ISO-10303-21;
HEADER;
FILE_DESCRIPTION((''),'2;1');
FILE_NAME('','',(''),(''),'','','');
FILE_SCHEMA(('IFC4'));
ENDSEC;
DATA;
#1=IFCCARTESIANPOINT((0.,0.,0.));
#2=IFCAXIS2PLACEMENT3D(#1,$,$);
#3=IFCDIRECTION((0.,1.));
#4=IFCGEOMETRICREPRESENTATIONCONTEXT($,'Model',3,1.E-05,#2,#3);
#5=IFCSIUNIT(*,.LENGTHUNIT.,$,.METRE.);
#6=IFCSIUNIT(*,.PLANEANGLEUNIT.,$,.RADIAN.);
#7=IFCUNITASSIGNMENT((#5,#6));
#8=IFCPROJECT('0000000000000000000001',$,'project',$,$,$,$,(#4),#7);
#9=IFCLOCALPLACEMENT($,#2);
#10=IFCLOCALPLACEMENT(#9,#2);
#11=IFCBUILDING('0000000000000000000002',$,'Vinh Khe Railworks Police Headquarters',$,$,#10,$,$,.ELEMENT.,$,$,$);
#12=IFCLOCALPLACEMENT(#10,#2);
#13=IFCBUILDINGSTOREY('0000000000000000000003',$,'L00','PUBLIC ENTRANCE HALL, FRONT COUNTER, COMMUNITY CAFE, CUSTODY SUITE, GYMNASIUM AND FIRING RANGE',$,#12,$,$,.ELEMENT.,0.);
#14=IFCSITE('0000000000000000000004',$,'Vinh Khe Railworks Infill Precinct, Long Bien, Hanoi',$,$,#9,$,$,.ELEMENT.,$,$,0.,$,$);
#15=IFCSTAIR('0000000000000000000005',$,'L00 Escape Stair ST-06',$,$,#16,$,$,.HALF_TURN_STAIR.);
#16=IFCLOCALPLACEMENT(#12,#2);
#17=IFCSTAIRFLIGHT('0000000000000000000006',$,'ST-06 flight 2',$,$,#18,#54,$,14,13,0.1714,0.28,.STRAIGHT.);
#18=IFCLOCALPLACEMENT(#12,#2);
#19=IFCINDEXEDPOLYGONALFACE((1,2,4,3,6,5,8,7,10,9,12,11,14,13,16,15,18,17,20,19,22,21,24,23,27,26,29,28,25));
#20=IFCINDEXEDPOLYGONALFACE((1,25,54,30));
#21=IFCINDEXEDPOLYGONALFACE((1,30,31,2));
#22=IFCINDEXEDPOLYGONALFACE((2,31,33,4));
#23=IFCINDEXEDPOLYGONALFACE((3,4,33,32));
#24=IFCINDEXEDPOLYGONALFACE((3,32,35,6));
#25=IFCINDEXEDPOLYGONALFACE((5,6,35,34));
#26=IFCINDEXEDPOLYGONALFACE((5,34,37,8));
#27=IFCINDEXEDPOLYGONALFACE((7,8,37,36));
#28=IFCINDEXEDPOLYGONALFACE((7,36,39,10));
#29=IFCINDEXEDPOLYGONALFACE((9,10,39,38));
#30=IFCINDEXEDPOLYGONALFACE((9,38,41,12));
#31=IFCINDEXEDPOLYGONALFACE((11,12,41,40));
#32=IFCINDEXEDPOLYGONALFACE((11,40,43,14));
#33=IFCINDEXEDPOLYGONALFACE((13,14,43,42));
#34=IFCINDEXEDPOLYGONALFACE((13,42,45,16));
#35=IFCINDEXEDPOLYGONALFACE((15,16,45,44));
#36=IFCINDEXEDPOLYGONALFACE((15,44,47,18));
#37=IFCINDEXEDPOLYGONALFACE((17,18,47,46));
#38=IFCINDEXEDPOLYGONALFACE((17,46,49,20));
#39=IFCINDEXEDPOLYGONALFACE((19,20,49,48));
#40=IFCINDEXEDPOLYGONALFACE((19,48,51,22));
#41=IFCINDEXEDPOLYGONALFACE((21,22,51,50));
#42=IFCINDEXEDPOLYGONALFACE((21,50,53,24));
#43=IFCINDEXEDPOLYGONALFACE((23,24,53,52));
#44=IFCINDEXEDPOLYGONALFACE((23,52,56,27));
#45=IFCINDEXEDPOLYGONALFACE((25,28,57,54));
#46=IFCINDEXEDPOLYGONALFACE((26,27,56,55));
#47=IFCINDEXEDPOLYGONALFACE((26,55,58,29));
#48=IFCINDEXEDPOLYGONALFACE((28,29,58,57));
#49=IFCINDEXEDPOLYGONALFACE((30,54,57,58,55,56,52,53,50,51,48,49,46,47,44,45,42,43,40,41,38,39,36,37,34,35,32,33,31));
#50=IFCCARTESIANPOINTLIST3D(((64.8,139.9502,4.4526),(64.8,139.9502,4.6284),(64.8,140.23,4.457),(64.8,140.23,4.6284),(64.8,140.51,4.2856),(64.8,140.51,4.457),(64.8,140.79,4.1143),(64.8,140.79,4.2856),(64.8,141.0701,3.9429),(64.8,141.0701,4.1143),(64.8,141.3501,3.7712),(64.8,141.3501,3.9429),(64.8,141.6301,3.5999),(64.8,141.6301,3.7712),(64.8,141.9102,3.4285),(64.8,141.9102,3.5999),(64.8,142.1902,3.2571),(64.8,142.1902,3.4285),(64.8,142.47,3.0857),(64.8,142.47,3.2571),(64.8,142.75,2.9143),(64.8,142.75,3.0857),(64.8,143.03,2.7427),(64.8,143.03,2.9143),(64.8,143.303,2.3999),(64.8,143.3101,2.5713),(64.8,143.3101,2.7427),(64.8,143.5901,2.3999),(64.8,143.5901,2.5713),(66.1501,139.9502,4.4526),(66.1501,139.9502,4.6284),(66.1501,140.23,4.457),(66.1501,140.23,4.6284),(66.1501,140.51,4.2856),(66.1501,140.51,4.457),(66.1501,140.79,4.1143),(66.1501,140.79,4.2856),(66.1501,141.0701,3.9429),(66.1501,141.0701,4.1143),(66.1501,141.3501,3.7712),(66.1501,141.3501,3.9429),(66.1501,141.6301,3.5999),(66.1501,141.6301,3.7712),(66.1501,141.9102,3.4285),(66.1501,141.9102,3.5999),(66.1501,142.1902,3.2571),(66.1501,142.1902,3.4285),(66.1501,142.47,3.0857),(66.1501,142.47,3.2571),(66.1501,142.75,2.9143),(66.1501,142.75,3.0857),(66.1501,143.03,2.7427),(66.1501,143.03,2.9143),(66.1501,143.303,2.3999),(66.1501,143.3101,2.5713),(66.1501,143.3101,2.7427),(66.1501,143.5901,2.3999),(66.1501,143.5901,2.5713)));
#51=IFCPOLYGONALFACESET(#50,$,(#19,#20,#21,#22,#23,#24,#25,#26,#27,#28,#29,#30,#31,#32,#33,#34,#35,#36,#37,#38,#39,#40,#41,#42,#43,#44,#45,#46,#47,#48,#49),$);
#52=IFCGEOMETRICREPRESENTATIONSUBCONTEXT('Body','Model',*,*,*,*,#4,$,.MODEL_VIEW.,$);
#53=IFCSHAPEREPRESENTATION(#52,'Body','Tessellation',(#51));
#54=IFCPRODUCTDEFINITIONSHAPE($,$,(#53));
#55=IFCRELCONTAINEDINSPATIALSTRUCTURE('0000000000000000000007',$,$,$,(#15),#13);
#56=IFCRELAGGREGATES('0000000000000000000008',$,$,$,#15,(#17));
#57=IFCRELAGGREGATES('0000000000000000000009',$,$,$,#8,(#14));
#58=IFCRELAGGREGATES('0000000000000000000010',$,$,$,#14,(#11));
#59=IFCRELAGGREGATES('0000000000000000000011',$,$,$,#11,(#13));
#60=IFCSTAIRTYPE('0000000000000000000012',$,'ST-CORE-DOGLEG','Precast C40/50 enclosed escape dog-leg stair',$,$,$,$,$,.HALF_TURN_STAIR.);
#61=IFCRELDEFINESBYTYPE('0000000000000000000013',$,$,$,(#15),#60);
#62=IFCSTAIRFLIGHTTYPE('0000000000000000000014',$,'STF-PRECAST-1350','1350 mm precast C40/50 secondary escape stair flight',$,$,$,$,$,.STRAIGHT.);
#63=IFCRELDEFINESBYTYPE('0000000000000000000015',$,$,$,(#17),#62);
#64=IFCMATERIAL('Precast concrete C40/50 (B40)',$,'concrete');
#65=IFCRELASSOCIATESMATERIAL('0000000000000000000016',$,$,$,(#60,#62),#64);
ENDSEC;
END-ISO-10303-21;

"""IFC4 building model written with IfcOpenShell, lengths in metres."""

from ifc_helpers import new_model, si_unit, direction, frame, origin, place, context, subcontext, project, spatial, polyline, outline, extrude, material, type_object, element, aggregate, save


model = new_model("IFC4")

# Units and contexts
model_context = context("Model", 3, precision=1e-05, world=origin(), true_north=direction((0.0, 1.0)))
body_context = subcontext(model_context, "Body", "Model", "MODEL_VIEW")
ifc_project = project(units=[si_unit("LENGTHUNIT", "METRE"), si_unit("PLANEANGLEUNIT", "RADIAN")], contexts=[model_context])

# Site, building, storey
site_placement = place(None, origin())
site = spatial("IfcSite", under=ifc_project, at=site_placement, Name="Vinh Khe Railworks Infill Precinct, Long Bien, Hanoi", CompositionType="ELEMENT", RefElevation=0.0)
building_placement = place(site_placement, origin())
building = spatial("IfcBuilding", under=site, at=building_placement, Name="Vinh Khe Railworks Police Headquarters", CompositionType="ELEMENT")
storey_placement = place(building_placement, origin())
storey = spatial("IfcBuildingStorey", under=building, at=storey_placement, Name="L00", Description="PUBLIC ENTRANCE HALL, FRONT COUNTER, COMMUNITY CAFE, CUSTODY SUITE, GYMNASIUM AND FIRING RANGE", CompositionType="ELEMENT", Elevation=0.0)

# Stair, stair flight
ifc_material_1 = material(Name="Precast concrete C40/50 (B40)", Category="concrete")
stair_type = type_object("IfcStairType", Name="ST-CORE-DOGLEG", Description="Precast C40/50 enclosed escape dog-leg stair", PredefinedType="HALF_TURN_STAIR", material=ifc_material_1)
stair_placement = place(storey_placement, origin())
stair = element("IfcStair", 1, at=stair_placement, inside=storey, type_object=stair_type, Name="L00 Escape Stair ST-06", PredefinedType="HALF_TURN_STAIR")
stair_flight_type = type_object("IfcStairFlightType", Name="STF-PRECAST-1350", Description="1350 mm precast C40/50 secondary escape stair flight", PredefinedType="STRAIGHT", material=ifc_material_1)
stair_flight_placement = place(storey_placement, frame((65.4751, 143.5901, 2.3999), z_axis=(0.0, 0.0, 1.0), x_axis=(0.0, -1.0, 0.0)))
stair_flight = element("IfcStairFlight", 2, at=stair_flight_placement, type_object=stair_flight_type, Name="ST-06 flight 2", NumberOfRisers=14, NumberOfTreads=13, PredefinedType="STRAIGHT", RiserHeight=0.1714, TreadLength=0.28, context=body_context, shape_type="SweptSolid", body=[
    extrude(outline(polyline([(0.0, 0.0), (0.0, 0.1714), (0.28, 0.1714), (0.28, 0.3428), (0.5601, 0.3428), (0.5601, 0.5144), (0.8401, 0.5144), (0.8401, 0.6858), (1.1201, 0.6858), (1.1201, 0.8572), (1.3999, 0.8572), (1.3999, 1.0286), (1.6799, 1.0286), (1.6799, 1.2), (1.96, 1.2), (1.96, 1.3713), (2.24, 1.3713), (2.24, 1.543), (2.52, 1.543), (2.52, 1.7144), (2.8, 1.7144), (2.8, 1.8857), (3.0801, 1.8857), (3.0801, 2.0571), (3.3601, 2.0571), (3.3601, 2.2285), (3.6399, 2.2285), (3.6399, 2.3999), (3.6399, 2.0527), (0.2871, 0.0), (0.0, 0.0)])), frame((0.0, 0.675, 0.0), z_axis=(0.0, -1.0, 0.0), x_axis=(1.0, 0.0, 0.0)), (0.0, 0.0, 1.0), 1.3501),
])
aggregate(stair, [stair_flight])

save(model, "model.ifc")
